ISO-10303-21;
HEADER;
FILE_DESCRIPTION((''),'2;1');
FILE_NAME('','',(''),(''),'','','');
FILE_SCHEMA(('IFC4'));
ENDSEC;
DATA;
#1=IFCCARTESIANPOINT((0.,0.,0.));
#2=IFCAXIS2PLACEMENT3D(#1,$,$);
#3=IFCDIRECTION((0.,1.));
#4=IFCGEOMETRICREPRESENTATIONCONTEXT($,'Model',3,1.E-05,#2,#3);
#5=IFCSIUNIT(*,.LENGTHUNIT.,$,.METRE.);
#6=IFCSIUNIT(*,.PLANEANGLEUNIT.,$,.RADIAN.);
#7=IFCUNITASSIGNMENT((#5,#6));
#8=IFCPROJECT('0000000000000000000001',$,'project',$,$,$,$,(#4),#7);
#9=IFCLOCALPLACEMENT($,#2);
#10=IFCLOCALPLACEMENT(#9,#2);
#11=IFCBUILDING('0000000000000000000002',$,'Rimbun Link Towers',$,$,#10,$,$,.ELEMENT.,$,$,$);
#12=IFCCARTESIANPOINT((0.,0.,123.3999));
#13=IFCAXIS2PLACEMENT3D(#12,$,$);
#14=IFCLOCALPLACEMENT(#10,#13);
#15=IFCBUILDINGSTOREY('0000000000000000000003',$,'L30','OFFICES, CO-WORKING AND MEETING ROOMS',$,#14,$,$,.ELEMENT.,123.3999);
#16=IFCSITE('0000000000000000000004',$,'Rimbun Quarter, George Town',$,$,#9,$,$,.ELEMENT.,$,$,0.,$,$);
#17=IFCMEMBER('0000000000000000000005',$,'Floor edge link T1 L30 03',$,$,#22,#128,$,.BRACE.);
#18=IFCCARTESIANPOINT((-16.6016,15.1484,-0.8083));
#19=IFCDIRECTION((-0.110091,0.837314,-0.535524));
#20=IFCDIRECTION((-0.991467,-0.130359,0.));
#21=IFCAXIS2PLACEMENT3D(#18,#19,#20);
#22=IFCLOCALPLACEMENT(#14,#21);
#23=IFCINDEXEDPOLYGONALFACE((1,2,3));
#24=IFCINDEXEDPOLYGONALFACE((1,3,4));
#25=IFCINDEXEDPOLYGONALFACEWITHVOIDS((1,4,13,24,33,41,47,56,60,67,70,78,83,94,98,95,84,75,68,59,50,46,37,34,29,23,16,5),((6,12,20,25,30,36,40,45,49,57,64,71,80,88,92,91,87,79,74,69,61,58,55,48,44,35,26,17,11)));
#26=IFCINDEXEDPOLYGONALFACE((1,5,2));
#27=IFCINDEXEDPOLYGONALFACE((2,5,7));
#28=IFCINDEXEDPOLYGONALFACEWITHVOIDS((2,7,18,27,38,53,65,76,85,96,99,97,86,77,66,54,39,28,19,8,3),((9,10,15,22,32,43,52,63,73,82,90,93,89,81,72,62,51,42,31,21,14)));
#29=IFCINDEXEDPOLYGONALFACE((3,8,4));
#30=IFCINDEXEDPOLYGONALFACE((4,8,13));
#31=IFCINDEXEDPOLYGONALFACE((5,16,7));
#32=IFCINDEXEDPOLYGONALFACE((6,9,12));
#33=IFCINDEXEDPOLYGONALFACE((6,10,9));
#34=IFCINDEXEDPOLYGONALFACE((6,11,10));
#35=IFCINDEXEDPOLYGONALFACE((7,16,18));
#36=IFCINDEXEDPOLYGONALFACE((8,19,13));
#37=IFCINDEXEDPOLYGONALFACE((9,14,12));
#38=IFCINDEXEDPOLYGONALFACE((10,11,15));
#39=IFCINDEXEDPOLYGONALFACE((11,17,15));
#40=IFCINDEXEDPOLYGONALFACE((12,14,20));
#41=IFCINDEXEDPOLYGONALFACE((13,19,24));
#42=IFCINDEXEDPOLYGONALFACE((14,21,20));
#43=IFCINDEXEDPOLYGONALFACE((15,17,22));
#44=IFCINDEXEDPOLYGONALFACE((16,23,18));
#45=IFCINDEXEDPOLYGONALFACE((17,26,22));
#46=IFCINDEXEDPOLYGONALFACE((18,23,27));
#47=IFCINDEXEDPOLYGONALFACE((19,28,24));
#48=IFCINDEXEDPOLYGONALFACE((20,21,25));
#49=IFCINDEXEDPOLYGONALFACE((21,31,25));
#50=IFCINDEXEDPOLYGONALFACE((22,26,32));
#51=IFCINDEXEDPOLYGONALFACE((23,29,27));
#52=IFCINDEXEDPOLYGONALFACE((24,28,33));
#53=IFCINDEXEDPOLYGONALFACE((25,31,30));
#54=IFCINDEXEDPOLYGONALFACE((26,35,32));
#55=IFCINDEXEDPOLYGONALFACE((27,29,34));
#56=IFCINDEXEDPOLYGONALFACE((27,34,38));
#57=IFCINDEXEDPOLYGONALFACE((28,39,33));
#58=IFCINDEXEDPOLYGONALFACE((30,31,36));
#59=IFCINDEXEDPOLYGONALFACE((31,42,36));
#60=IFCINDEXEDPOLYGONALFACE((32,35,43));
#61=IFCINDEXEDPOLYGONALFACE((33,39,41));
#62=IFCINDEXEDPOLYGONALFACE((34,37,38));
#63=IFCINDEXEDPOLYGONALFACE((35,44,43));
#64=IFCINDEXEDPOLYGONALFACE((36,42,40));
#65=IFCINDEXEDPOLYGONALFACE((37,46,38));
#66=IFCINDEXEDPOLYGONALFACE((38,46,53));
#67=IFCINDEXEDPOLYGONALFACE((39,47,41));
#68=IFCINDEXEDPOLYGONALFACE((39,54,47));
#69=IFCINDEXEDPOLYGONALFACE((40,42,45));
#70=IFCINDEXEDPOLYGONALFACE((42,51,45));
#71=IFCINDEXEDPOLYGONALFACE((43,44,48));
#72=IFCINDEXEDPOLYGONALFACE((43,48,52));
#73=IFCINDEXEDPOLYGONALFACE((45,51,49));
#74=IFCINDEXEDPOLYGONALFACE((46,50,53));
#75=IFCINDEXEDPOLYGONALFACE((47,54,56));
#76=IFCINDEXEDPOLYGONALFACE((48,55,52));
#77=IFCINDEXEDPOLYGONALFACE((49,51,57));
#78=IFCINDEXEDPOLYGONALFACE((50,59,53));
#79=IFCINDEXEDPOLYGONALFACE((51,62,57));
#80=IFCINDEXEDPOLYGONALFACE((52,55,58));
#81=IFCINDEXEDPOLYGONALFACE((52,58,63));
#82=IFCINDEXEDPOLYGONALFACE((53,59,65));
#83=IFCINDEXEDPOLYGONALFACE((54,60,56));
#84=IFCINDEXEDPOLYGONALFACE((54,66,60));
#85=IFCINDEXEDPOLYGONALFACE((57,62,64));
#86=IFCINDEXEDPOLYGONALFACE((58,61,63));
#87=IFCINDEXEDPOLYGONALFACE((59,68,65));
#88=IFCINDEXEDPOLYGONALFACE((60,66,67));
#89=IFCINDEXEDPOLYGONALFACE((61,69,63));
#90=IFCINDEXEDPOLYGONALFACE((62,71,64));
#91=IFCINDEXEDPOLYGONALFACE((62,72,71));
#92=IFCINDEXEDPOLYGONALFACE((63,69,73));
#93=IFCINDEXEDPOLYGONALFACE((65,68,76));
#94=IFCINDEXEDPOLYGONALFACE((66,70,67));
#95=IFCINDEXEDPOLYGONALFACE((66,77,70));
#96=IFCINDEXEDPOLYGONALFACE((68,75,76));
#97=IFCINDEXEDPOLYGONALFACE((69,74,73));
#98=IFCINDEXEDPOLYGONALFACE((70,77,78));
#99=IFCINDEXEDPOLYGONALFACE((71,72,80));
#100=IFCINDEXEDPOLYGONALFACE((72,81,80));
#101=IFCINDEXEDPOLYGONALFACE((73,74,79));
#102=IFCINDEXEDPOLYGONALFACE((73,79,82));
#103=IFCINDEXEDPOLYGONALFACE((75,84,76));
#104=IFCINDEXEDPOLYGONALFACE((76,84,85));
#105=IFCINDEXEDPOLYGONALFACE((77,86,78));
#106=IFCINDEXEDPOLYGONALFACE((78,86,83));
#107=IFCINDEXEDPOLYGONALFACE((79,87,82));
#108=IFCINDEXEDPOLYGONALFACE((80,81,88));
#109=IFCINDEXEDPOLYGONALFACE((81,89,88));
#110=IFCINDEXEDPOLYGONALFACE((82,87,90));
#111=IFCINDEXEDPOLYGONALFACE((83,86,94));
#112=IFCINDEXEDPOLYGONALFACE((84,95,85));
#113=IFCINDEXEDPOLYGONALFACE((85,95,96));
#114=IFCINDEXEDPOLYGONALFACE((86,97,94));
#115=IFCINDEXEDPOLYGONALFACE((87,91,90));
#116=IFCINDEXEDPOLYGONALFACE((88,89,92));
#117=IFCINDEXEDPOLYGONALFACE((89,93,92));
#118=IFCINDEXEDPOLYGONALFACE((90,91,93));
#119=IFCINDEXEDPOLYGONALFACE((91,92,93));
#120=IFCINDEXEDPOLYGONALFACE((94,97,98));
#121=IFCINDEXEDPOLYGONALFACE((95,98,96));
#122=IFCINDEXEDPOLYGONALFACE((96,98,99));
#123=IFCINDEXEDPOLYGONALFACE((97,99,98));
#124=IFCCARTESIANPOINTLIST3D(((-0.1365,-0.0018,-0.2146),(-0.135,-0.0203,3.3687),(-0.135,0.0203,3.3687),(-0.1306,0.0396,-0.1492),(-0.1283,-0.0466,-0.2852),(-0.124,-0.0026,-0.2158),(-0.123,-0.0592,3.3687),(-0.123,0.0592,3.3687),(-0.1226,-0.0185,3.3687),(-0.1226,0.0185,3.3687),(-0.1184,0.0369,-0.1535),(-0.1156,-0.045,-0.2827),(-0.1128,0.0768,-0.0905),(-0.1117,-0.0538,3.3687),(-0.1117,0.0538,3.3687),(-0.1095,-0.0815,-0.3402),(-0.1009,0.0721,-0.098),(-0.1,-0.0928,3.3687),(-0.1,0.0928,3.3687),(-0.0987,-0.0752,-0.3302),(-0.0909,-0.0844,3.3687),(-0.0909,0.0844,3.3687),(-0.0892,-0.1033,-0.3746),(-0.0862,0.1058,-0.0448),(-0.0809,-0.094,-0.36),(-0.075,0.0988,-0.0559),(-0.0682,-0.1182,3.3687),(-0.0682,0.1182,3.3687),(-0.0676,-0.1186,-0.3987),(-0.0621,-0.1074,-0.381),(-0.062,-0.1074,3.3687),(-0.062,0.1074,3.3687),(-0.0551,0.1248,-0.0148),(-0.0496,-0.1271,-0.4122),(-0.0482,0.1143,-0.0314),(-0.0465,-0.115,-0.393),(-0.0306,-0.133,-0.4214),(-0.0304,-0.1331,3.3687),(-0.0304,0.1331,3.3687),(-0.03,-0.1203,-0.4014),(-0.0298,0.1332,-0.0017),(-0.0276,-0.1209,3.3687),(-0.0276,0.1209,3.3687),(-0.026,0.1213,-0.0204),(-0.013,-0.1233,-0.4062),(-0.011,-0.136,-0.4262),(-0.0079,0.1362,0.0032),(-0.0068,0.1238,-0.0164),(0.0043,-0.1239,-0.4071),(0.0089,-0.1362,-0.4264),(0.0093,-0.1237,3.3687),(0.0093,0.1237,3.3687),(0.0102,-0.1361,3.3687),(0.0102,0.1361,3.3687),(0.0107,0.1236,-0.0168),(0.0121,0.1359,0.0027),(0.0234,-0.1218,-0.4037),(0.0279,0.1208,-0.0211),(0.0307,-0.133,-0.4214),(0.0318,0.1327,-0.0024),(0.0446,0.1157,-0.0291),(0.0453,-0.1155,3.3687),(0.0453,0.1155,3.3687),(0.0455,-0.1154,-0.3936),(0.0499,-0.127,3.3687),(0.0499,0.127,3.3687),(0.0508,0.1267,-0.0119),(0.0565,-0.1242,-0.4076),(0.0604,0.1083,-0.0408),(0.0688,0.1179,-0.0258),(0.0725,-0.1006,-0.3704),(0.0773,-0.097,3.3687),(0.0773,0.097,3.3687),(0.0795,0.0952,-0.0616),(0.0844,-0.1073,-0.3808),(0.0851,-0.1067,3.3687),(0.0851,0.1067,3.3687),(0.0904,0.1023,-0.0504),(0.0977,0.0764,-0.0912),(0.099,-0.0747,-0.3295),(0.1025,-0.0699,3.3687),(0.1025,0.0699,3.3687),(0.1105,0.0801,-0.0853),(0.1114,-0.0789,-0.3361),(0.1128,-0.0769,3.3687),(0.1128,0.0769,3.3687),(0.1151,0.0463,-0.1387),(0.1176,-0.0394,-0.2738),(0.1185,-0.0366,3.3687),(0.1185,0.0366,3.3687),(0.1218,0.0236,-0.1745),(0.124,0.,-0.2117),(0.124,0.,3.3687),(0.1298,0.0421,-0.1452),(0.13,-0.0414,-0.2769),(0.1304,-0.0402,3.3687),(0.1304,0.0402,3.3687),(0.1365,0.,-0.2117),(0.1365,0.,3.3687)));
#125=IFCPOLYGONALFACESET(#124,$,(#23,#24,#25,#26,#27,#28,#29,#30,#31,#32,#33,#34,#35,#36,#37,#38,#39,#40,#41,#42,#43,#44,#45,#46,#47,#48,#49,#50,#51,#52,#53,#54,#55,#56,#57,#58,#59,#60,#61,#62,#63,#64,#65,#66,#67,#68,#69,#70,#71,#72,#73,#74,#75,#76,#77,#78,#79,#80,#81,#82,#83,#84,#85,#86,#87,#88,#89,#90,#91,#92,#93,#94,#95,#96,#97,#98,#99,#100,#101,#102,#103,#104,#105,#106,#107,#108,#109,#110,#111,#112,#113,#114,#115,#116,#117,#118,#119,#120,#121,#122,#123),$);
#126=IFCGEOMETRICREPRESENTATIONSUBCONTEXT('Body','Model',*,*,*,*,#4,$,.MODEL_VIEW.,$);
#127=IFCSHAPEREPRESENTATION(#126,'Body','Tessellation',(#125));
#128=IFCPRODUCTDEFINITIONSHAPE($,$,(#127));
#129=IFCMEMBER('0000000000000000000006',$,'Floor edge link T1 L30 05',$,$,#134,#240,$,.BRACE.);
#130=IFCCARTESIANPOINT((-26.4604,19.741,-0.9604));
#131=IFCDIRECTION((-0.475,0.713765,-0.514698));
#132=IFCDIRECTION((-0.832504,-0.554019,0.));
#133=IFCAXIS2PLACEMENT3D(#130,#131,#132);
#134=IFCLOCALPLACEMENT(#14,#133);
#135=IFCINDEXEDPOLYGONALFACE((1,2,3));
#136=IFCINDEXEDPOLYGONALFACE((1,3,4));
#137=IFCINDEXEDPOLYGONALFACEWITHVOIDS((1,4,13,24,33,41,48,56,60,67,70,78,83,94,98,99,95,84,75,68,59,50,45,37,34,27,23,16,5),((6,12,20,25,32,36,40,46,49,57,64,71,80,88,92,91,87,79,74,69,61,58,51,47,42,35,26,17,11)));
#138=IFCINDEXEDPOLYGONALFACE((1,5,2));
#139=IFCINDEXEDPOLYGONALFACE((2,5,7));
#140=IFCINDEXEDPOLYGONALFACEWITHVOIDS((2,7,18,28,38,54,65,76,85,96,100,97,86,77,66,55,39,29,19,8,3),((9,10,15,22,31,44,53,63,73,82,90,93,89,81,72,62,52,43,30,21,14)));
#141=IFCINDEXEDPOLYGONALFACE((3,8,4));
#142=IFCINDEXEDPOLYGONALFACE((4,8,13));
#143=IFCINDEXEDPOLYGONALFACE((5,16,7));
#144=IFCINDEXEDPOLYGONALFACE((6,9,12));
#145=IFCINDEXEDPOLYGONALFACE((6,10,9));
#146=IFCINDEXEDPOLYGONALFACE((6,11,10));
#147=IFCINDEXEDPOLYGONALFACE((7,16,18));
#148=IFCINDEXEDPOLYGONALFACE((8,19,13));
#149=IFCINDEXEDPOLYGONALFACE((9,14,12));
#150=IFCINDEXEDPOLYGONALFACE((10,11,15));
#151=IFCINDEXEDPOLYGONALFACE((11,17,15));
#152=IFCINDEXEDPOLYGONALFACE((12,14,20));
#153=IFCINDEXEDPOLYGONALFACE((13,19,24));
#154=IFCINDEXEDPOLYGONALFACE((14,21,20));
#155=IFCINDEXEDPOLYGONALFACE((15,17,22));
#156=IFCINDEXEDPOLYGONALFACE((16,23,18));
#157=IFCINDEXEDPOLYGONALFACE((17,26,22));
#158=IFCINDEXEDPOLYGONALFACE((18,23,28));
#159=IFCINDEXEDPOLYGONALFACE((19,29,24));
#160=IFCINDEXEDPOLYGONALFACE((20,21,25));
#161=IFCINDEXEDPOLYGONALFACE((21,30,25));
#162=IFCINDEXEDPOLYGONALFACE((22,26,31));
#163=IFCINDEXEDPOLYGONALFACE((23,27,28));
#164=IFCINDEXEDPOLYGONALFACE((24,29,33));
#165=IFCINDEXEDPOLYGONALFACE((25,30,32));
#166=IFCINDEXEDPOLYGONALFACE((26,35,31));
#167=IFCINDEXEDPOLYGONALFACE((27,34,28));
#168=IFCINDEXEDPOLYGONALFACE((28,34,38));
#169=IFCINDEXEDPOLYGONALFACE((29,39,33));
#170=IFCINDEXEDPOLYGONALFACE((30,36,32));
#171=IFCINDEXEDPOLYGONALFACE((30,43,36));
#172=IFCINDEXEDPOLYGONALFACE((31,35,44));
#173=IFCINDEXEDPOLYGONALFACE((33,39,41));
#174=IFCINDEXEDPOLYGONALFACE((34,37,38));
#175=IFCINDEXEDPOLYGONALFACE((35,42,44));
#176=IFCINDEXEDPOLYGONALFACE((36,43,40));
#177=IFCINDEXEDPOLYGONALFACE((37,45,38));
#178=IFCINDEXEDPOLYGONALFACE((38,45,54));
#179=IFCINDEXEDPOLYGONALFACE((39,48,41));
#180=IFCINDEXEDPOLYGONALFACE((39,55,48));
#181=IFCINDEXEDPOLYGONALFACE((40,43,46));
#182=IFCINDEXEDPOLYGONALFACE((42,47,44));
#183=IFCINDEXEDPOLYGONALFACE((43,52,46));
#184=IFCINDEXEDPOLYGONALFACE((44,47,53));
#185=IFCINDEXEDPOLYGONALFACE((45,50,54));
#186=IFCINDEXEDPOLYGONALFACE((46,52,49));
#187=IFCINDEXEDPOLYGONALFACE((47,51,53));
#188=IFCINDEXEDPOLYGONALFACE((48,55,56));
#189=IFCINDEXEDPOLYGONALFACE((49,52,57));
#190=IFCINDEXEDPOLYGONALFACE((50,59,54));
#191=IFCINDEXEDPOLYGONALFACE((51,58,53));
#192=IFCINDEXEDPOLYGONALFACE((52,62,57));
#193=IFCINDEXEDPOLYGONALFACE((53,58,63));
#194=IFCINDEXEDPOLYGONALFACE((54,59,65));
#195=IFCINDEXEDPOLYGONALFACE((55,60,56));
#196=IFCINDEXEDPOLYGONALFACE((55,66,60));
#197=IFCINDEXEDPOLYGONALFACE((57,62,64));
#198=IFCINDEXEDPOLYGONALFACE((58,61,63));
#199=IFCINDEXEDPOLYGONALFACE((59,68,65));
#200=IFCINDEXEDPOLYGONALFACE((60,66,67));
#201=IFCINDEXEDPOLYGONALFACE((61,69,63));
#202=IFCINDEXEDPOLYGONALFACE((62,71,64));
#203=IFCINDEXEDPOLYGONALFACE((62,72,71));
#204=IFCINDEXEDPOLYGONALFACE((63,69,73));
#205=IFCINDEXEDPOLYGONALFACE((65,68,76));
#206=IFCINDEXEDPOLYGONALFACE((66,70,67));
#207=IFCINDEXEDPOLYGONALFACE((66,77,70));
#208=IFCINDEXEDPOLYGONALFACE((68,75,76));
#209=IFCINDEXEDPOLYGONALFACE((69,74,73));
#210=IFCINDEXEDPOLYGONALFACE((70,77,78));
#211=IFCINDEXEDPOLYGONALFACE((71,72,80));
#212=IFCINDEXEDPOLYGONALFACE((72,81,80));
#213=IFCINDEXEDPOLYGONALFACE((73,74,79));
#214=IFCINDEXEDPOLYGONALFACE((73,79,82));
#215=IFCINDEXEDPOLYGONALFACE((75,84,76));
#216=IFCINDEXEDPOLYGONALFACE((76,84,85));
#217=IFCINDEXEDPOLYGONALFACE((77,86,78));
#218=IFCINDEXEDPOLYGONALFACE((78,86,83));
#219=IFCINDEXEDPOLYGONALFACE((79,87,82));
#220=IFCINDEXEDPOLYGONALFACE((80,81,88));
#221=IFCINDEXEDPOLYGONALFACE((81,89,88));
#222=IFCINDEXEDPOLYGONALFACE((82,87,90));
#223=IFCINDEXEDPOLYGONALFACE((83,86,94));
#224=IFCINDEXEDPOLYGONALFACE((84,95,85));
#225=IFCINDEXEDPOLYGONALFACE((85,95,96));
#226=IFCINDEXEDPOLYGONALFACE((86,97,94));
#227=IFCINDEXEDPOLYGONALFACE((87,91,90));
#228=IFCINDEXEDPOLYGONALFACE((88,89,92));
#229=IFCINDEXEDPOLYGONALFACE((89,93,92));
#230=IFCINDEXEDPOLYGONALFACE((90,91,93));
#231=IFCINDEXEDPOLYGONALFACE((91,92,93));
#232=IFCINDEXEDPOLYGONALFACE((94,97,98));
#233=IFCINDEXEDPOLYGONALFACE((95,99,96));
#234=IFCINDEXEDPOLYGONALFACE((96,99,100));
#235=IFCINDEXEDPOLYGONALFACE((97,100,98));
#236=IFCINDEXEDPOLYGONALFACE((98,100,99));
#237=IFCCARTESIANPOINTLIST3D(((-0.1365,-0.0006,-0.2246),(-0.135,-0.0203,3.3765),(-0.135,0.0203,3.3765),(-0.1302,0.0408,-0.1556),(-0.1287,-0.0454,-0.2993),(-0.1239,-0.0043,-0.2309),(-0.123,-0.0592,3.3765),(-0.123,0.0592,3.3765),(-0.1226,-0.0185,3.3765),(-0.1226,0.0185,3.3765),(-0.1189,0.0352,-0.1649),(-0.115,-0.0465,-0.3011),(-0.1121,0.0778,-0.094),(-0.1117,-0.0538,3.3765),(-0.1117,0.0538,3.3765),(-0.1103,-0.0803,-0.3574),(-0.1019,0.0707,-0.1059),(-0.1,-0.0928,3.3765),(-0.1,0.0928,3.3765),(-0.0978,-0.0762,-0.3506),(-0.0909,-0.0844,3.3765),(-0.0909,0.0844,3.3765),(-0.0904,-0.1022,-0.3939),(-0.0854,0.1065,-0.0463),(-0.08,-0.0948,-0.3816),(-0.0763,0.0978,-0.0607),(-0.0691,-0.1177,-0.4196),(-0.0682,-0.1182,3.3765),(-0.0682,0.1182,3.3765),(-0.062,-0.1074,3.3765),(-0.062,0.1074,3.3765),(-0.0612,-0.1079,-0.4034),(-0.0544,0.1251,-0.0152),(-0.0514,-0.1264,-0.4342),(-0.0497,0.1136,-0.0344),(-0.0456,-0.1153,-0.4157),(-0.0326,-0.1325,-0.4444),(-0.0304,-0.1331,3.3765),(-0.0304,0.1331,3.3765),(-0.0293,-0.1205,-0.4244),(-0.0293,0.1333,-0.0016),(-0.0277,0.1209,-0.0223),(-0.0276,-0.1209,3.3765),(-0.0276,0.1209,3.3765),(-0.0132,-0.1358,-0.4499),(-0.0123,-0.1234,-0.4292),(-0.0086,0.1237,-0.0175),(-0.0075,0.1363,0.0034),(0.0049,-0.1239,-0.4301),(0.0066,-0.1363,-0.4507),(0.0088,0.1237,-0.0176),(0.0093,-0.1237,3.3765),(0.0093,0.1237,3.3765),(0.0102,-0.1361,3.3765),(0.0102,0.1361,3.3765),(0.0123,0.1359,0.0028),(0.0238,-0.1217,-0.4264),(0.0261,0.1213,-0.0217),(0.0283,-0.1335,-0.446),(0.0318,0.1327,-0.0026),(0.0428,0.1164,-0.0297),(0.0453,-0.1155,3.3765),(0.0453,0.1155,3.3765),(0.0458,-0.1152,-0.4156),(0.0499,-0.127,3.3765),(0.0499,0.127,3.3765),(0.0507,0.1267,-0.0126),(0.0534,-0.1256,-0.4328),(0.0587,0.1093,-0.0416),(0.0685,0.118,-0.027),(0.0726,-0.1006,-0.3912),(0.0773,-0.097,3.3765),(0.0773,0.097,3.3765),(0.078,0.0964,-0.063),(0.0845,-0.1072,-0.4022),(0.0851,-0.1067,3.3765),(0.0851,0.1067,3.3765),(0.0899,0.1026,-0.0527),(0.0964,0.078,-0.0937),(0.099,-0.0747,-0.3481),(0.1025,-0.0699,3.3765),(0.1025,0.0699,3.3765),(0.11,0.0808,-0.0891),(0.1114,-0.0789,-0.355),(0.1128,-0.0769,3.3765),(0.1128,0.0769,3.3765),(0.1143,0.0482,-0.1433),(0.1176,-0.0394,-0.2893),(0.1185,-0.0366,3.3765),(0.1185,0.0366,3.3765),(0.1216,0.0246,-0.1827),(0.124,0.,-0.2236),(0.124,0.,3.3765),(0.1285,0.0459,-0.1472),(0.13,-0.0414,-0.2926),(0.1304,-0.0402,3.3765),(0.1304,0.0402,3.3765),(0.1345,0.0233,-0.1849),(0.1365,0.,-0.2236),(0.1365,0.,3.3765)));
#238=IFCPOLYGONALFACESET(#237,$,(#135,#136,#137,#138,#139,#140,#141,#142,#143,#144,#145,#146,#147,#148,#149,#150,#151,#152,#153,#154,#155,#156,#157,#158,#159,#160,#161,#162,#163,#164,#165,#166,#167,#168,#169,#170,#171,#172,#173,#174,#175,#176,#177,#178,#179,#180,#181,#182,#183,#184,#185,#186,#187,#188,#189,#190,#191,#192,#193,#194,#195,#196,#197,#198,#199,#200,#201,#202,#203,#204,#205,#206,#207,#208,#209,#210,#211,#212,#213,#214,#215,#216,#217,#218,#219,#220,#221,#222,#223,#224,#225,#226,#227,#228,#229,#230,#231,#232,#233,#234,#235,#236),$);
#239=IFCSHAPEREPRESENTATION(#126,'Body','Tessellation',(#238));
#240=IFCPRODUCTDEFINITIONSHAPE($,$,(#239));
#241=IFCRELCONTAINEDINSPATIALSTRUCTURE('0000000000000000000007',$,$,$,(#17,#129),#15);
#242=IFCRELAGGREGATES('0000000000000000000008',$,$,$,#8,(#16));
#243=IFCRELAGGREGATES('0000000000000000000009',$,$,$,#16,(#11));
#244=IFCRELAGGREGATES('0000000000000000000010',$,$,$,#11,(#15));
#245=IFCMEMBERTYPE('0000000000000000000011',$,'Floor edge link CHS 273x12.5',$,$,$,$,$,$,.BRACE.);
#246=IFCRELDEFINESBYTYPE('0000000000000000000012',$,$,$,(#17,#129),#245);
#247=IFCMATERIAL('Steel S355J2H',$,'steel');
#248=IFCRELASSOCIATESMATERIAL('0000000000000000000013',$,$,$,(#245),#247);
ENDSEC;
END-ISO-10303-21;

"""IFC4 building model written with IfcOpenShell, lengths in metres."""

from ifc_helpers import new_model, si_unit, direction, frame, origin, origin_2d, place, context, subcontext, project, spatial, hollow_circle, extrude, clip, halfspace, material, material_profile, profile_set, type_object, element, save


model = new_model("IFC4")

# Units and contexts
model_context = context("Model", 3, precision=1e-05, world=origin(), true_north=direction((0.0, 1.0)))
body_context = subcontext(model_context, "Body", "Model", "MODEL_VIEW")
ifc_project = project(units=[si_unit("LENGTHUNIT", "METRE"), si_unit("PLANEANGLEUNIT", "RADIAN")], contexts=[model_context])

# Site, building, storey
site_placement = place(None, origin())
site = spatial("IfcSite", under=ifc_project, at=site_placement, Name="Rimbun Quarter, George Town", CompositionType="ELEMENT", RefElevation=0.0)
building_placement = place(site_placement, origin())
building = spatial("IfcBuilding", under=site, at=building_placement, Name="Rimbun Link Towers", CompositionType="ELEMENT")
storey_placement = place(building_placement, frame((0.0, 0.0, 123.3999)))
storey = spatial("IfcBuildingStorey", under=building, at=storey_placement, Name="L30", Description="OFFICES, CO-WORKING AND MEETING ROOMS", CompositionType="ELEMENT", Elevation=123.3999)

# Members
ifc_material_1 = material(Name="Steel S355J2H", Category="steel")
ifc_material_profile_1 = material_profile(ifc_material_1, hollow_circle(Radius=0.1365, WallThickness=0.0125, at=origin_2d()), Name="CHS 273x12.5")
ifc_profile_set_1 = profile_set([ifc_material_profile_1], Name="Steel S355J2H")
member_type_1 = type_object("IfcMemberType", Name="Floor edge link CHS 273x12.5", PredefinedType="BRACE", material=ifc_profile_set_1)
member_1_placement = place(storey_placement, frame((-16.6016, 15.1484, -0.8083), z_axis=(-0.110091, 0.837314, -0.535524), x_axis=(-0.991467, -0.130359, 0.0)))
element("IfcMember", 1, at=member_1_placement, inside=storey, type_object=member_type_1, Name="Floor edge link T1 L30 03", PredefinedType="BRACE", context=body_context, shape_type="Clipping", body=[
    clip(extrude(hollow_circle(Radius=0.1365, WallThickness=0.0125, at=origin_2d()), frame((0.0, 0.0, -0.4492)), (0.0, 0.0, 1.0), 3.8179), halfspace(frame((0.0, 0.0, -0.2117), z_axis=(0.0, 0.84452, -0.535524)), False)),
])
member_2_placement = place(storey_placement, frame((-26.4604, 19.741, -0.9604), z_axis=(-0.475, 0.713765, -0.514698), x_axis=(-0.832504, -0.554019, 0.0)))
element("IfcMember", 2, at=member_2_placement, inside=storey, type_object=member_type_1, Name="Floor edge link T1 L30 05", PredefinedType="BRACE", context=body_context, shape_type="Clipping", body=[
    clip(extrude(hollow_circle(Radius=0.1365, WallThickness=0.0125, at=origin_2d()), frame((0.0, 0.0, -0.4741)), (0.0, 0.0, 1.0), 3.8506), halfspace(frame((0.0, 0.0, -0.2236), z_axis=(0.0, 0.857372, -0.514698)), False)),
])

save(model, "model.ifc")
